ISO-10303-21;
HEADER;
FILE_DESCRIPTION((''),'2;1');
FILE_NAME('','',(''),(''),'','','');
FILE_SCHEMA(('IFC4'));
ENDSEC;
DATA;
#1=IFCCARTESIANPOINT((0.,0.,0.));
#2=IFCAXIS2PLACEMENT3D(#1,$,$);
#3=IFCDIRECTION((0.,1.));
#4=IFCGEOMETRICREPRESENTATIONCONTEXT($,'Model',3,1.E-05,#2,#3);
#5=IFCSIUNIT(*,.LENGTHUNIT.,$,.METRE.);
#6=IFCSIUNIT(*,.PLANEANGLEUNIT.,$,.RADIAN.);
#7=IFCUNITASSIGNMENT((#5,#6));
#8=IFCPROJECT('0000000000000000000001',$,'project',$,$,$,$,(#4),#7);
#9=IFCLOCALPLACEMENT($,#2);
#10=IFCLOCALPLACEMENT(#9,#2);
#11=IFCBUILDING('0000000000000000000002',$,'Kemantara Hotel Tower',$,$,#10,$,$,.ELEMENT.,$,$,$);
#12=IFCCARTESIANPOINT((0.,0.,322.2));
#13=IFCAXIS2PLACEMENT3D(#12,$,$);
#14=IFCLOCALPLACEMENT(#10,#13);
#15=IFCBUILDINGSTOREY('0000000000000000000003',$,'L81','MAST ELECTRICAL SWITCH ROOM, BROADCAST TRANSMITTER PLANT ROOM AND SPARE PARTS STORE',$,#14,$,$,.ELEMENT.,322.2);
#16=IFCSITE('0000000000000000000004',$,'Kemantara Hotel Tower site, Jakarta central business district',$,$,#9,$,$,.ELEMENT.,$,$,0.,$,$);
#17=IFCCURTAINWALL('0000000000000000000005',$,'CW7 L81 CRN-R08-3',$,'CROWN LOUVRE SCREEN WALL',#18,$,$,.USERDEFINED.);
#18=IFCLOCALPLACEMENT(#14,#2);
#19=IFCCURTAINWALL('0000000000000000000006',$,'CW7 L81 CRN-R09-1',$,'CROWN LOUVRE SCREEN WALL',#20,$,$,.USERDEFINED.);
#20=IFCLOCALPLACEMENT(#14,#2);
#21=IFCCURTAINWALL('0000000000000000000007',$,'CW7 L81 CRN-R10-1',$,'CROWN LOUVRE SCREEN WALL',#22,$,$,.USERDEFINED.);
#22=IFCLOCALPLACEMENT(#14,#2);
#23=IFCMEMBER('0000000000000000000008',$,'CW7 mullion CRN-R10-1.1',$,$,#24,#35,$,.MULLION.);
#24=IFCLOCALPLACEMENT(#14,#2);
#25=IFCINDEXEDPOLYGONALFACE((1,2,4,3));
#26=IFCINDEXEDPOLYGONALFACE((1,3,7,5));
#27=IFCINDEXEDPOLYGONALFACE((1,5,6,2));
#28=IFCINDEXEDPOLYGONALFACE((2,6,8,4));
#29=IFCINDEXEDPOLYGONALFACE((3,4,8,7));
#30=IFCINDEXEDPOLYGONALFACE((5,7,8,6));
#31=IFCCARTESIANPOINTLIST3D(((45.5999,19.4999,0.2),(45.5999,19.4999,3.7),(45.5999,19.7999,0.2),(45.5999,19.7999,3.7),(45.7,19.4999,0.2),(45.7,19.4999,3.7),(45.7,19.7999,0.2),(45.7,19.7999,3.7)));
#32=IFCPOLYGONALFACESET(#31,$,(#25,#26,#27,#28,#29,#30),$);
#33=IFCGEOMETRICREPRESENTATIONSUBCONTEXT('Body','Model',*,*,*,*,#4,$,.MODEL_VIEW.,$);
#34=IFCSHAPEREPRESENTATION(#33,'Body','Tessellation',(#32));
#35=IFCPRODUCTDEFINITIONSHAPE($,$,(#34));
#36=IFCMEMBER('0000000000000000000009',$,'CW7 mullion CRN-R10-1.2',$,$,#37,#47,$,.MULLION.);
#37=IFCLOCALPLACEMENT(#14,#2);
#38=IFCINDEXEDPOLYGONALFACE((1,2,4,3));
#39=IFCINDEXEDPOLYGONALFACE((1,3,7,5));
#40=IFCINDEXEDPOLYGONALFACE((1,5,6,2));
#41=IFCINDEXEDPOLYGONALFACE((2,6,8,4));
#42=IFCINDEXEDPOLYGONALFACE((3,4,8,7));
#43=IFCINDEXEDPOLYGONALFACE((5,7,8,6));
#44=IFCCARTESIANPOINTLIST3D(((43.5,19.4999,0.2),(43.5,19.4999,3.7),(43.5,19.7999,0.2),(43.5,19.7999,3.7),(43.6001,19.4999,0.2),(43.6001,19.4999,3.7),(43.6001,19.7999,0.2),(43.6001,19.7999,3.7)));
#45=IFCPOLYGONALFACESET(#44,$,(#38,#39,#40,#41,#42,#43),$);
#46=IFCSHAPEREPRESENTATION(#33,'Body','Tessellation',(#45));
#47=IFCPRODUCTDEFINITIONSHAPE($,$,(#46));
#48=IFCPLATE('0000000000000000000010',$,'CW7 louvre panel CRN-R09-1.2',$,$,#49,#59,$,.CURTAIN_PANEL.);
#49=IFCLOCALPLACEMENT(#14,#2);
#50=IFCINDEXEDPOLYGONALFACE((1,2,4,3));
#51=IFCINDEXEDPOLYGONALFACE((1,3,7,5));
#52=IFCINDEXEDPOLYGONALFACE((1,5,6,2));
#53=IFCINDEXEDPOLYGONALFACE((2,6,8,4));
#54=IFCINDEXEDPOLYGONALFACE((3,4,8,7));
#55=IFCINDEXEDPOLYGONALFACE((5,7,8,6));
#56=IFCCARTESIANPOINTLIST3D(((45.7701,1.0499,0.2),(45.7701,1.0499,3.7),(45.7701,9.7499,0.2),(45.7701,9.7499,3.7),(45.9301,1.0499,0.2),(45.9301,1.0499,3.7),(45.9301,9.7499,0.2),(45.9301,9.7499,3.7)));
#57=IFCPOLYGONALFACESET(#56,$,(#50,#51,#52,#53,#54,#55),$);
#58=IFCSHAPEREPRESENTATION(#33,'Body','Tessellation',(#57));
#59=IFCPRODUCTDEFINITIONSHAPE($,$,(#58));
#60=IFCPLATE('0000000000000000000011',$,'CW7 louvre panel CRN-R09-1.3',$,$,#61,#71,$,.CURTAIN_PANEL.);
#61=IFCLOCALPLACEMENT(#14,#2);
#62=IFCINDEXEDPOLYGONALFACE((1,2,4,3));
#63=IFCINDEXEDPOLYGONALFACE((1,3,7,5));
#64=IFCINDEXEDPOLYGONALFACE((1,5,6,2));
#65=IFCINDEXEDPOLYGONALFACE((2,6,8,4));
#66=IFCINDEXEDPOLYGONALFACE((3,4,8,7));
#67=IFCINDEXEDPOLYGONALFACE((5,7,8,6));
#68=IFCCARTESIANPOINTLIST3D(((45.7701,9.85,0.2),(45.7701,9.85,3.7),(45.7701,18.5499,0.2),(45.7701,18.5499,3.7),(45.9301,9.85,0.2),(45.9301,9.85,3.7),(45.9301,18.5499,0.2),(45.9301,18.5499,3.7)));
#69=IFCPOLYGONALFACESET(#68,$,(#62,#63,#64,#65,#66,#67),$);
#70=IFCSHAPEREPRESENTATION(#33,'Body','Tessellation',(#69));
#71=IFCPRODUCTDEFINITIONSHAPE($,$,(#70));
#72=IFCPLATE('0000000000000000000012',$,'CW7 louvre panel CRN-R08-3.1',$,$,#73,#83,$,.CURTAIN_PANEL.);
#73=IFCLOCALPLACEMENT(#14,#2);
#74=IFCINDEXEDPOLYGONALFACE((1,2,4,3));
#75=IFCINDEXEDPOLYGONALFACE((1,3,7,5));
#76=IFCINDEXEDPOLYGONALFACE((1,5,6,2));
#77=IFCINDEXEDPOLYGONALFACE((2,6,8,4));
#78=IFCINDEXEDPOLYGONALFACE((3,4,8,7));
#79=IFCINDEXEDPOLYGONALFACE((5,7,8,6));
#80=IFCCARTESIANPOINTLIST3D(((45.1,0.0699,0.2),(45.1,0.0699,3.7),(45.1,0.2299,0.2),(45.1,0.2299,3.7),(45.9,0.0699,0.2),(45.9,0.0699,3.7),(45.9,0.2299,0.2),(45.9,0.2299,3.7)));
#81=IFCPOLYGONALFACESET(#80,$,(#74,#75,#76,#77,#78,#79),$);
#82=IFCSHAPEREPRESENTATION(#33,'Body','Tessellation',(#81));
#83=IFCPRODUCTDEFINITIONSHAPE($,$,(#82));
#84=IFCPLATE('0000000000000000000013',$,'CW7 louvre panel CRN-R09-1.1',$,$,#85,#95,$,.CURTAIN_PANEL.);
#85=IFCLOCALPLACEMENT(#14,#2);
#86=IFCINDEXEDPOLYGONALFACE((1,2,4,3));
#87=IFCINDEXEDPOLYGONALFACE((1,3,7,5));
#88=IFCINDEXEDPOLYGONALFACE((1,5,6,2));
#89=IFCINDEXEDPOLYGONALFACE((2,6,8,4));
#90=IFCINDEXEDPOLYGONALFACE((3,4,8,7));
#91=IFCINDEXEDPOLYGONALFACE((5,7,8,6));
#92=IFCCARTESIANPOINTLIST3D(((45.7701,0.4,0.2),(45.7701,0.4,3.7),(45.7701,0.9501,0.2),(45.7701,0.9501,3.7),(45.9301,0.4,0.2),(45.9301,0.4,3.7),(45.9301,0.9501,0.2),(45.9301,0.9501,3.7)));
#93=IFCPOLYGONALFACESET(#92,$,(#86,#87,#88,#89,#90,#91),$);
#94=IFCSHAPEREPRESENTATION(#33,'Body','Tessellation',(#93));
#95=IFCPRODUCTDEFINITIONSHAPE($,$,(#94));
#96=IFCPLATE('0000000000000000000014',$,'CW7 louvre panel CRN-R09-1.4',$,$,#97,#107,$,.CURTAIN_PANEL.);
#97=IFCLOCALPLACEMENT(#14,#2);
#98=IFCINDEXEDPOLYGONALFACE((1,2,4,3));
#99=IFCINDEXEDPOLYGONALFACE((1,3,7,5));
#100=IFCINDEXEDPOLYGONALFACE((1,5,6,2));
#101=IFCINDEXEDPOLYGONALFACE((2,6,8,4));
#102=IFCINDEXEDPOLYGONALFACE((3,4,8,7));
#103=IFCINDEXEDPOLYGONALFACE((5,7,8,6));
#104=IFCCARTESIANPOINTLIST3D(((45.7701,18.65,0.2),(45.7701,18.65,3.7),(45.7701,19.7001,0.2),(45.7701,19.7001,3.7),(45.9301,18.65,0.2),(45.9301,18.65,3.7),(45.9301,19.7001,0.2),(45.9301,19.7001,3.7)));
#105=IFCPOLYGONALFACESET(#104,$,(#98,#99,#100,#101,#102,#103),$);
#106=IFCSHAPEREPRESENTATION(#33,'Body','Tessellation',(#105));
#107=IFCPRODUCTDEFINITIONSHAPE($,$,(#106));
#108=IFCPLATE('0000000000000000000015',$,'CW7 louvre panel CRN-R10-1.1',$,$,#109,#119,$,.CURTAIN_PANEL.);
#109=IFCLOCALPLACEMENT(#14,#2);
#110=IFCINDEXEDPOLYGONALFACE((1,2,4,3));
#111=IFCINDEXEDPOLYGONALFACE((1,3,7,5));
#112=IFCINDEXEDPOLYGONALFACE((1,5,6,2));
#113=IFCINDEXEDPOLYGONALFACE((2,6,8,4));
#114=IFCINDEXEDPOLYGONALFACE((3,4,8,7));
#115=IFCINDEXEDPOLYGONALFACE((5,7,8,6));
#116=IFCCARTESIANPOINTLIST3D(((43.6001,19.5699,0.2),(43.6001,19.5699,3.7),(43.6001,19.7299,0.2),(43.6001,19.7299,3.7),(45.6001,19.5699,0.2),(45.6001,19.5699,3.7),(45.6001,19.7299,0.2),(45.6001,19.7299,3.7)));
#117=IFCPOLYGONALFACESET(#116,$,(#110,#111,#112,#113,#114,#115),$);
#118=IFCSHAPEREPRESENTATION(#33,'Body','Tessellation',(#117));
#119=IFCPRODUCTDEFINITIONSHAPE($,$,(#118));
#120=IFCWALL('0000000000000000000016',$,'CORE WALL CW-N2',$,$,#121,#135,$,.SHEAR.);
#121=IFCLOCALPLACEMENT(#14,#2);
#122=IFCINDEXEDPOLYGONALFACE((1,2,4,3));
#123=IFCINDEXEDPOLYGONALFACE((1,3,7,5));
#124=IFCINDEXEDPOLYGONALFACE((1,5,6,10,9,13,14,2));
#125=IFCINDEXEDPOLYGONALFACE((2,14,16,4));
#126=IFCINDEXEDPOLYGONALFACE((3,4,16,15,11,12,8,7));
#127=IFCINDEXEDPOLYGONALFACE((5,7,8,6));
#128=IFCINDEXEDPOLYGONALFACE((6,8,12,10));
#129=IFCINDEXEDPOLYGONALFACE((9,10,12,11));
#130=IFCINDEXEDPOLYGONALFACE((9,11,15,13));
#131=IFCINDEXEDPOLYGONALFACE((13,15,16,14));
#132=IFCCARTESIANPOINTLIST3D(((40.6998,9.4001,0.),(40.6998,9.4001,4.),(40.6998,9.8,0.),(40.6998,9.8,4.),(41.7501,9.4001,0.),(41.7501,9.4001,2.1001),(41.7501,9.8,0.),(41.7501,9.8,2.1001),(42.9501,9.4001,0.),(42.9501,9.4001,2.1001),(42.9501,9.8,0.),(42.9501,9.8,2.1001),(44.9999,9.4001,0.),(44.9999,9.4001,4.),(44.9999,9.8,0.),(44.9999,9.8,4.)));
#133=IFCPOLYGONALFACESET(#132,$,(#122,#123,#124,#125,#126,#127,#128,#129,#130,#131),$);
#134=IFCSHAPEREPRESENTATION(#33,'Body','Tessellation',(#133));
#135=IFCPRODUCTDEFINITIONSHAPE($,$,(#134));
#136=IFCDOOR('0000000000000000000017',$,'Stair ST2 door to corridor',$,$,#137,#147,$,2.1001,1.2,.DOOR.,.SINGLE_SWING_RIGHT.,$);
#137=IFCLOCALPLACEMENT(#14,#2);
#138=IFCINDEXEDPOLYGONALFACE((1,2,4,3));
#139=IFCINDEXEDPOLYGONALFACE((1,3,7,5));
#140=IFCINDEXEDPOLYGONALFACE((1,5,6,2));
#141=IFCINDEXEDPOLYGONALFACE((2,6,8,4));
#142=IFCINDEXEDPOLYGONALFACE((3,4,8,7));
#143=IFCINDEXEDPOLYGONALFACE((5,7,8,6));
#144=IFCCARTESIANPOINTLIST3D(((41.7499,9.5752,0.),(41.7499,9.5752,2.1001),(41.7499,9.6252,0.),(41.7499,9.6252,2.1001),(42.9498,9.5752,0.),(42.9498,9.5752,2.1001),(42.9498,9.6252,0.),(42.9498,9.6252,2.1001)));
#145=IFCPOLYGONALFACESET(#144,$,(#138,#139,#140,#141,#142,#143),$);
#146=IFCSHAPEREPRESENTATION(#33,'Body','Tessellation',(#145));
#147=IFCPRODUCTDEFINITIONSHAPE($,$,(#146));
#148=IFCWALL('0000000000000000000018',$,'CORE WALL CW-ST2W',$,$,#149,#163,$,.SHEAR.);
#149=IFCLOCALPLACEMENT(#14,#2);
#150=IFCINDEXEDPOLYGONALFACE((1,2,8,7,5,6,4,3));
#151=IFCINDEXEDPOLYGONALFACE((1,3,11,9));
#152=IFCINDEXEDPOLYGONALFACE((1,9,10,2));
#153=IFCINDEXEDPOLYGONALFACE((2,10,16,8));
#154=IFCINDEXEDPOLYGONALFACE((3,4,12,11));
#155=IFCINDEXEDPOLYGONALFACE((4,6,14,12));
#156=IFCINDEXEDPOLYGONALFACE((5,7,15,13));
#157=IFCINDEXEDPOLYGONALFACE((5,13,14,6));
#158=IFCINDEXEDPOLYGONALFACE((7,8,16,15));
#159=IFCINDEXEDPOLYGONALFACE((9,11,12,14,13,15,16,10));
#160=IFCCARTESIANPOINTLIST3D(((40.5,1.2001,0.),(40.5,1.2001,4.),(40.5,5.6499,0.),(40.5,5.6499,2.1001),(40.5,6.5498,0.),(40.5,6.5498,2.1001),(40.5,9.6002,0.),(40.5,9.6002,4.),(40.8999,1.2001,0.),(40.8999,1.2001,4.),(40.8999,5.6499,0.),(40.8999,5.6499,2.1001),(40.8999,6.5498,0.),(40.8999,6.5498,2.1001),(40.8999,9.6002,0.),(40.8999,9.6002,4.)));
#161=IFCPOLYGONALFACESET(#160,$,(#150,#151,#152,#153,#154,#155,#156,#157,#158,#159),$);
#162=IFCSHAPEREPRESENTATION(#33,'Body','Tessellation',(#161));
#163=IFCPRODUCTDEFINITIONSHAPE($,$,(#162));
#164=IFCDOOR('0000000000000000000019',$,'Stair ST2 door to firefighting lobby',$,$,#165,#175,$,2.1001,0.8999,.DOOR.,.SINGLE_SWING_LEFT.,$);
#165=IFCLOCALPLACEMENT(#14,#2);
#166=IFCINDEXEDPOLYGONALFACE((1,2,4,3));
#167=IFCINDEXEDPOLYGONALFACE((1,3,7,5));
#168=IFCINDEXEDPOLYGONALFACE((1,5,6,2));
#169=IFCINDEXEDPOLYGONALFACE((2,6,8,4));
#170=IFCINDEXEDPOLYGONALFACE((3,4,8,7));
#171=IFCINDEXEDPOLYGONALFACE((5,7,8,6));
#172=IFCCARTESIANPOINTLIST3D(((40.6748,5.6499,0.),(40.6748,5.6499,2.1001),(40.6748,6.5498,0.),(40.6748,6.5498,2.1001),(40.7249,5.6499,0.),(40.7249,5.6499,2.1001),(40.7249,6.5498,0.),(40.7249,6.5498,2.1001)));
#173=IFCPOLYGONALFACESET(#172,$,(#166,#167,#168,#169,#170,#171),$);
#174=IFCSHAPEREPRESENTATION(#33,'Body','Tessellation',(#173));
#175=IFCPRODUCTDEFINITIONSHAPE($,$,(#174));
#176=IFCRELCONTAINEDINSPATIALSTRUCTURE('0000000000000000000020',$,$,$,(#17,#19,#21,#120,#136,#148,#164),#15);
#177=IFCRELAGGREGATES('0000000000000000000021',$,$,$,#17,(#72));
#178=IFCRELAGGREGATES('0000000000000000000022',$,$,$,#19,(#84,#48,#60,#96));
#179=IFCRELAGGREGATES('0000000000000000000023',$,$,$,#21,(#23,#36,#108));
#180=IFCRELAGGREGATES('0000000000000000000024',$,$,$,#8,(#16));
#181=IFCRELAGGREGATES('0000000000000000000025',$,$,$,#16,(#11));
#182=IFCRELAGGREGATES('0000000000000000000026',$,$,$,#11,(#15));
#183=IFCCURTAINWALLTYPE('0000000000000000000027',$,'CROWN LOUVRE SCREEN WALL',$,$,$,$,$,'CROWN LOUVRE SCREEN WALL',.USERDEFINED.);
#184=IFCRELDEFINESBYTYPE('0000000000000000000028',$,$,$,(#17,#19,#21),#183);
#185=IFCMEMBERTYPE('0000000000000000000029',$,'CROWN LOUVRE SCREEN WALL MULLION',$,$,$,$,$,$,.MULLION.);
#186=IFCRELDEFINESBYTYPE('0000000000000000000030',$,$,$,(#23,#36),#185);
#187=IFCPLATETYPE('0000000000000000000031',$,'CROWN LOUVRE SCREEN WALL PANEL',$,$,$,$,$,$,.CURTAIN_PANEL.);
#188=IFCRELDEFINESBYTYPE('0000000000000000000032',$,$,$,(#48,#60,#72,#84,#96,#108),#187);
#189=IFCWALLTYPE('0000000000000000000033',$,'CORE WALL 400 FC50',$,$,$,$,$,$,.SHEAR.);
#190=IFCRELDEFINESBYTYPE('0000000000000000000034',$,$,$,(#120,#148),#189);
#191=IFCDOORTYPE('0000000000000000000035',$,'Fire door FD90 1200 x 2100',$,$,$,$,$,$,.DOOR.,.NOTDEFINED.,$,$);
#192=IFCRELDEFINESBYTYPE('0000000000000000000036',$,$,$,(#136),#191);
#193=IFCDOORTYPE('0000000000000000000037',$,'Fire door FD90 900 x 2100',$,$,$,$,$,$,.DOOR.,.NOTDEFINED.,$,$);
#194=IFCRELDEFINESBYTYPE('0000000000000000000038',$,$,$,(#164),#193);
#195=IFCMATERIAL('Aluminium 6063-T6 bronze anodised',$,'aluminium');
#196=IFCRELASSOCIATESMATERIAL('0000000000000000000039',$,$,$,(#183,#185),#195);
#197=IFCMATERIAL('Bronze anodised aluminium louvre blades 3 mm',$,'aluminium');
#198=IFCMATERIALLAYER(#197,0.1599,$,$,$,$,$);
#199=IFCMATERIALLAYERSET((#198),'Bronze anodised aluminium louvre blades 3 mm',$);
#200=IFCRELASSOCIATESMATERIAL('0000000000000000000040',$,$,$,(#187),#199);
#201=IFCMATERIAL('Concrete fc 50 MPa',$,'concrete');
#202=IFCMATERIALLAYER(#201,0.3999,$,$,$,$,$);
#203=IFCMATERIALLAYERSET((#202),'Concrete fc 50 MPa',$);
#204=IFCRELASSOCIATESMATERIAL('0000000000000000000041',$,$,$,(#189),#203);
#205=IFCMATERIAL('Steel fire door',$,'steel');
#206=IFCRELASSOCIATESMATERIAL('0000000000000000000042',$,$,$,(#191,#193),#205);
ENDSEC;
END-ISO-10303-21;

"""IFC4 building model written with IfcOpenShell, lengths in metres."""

from ifc_helpers import new_model, si_unit, direction, frame, frame_2d, origin, origin_2d, place, context, subcontext, project, spatial, rectangle, extrude, source, transform, mapped, material, layer, layer_set, material_profile, profile_set, type_object, element, fill, aggregate, save


model = new_model("IFC4")

# Units and contexts
model_context = context("Model", 3, precision=1e-05, world=origin(), true_north=direction((0.0, 1.0)))
body_context = subcontext(model_context, "Body", "Model", "MODEL_VIEW")
ifc_project = project(units=[si_unit("LENGTHUNIT", "METRE"), si_unit("PLANEANGLEUNIT", "RADIAN")], contexts=[model_context])

# Site, building, storey
site_placement = place(None, origin())
site = spatial("IfcSite", under=ifc_project, at=site_placement, Name="Kemantara Hotel Tower site, Jakarta central business district", CompositionType="ELEMENT", RefElevation=0.0)
building_placement = place(site_placement, origin())
building = spatial("IfcBuilding", under=site, at=building_placement, Name="Kemantara Hotel Tower", CompositionType="ELEMENT")
storey_placement = place(building_placement, frame((0.0, 0.0, 322.2)))
storey = spatial("IfcBuildingStorey", under=building, at=storey_placement, Name="L81", Description="MAST ELECTRICAL SWITCH ROOM, BROADCAST TRANSMITTER PLANT ROOM AND SPARE PARTS STORE", CompositionType="ELEMENT", Elevation=322.2)

# Shared definitions
ifc_material_1 = material(Name="Concrete fc 50 MPa", Category="concrete")

# Curtain walls
ifc_material_2 = material(Name="Aluminium 6063-T6 bronze anodised", Category="aluminium")
curtain_wall_type = type_object("IfcCurtainWallType", Name="CROWN LOUVRE SCREEN WALL", ElementType="CROWN LOUVRE SCREEN WALL", PredefinedType="USERDEFINED", material=ifc_material_2)
curtain_wall_1_placement = place(storey_placement, origin())
curtain_wall_1 = element("IfcCurtainWall", 1, at=curtain_wall_1_placement, inside=storey, type_object=curtain_wall_type, Name="CW7 L81 CRN-R08-3", ObjectType="CROWN LOUVRE SCREEN WALL", PredefinedType="USERDEFINED")
curtain_wall_2_placement = place(storey_placement, origin())
curtain_wall_2 = element("IfcCurtainWall", 2, at=curtain_wall_2_placement, inside=storey, type_object=curtain_wall_type, Name="CW7 L81 CRN-R09-1", ObjectType="CROWN LOUVRE SCREEN WALL", PredefinedType="USERDEFINED")
curtain_wall_3_placement = place(storey_placement, origin())
curtain_wall_3 = element("IfcCurtainWall", 3, at=curtain_wall_3_placement, inside=storey, type_object=curtain_wall_type, Name="CW7 L81 CRN-R10-1", ObjectType="CROWN LOUVRE SCREEN WALL", PredefinedType="USERDEFINED")
ifc_material_profile_1 = material_profile(ifc_material_2, rectangle(XDim=0.3, YDim=0.1001, at=origin_2d()), Name="CROWN LOUVRE SCREEN WALL MULLION")
ifc_profile_set_1 = profile_set([ifc_material_profile_1], Name="Aluminium 6063-T6 bronze anodised")
member_type_1 = type_object("IfcMemberType", Name="CROWN LOUVRE SCREEN WALL MULLION", PredefinedType="MULLION", material=ifc_profile_set_1)
shared_shape_1 = source(origin(), body_context, "Body", "SweptSolid", [
    extrude(rectangle(XDim=0.3, YDim=0.1001, at=origin_2d()), origin(), (0.0, 0.0, 1.0), 3.5),
])

# Members
member_1_placement = place(storey_placement, frame((45.6499, 19.6499, 0.2), z_axis=(0.0, 0.0, 1.0), x_axis=(0.0, -1.0, 0.0)))
member_1 = element("IfcMember", 4, at=member_1_placement, type_object=member_type_1, Name="CW7 mullion CRN-R10-1.1", PredefinedType="MULLION", context=body_context, shape_type="MappedRepresentation", body=[
    mapped(shared_shape_1, transform((0.0, 0.0, 0.0))),
])
member_2_placement = place(storey_placement, frame((43.55, 19.6499, 0.2), z_axis=(0.0, 0.0, 1.0), x_axis=(0.0, -1.0, 0.0)))
member_2 = element("IfcMember", 5, at=member_2_placement, type_object=member_type_1, Name="CW7 mullion CRN-R10-1.2", PredefinedType="MULLION", context=body_context, shape_type="MappedRepresentation", body=[
    mapped(shared_shape_1, transform((0.0, 0.0, 0.0))),
])

# Plates
ifc_material_3 = material(Name="Bronze anodised aluminium louvre blades 3 mm", Category="aluminium")
ifc_layer_1 = layer(ifc_material_3, 0.1599)
ifc_layer_set_1 = layer_set([ifc_layer_1], Name="Bronze anodised aluminium louvre blades 3 mm")
plate_type = type_object("IfcPlateType", Name="CROWN LOUVRE SCREEN WALL PANEL", PredefinedType="CURTAIN_PANEL", material=ifc_layer_set_1)
shared_shape_2 = source(origin(), body_context, "Body", "SweptSolid", [
    extrude(rectangle(XDim=8.7, YDim=0.1599, at=origin_2d()), origin(), (0.0, 0.0, 1.0), 3.5),
])
plate_1_placement = place(storey_placement, frame((45.8501, 5.3999, 0.2), z_axis=(0.0, 0.0, 1.0), x_axis=(0.0, 1.0, 0.0)))
plate_1 = element("IfcPlate", 6, at=plate_1_placement, type_object=plate_type, Name="CW7 louvre panel CRN-R09-1.2", PredefinedType="CURTAIN_PANEL", context=body_context, shape_type="MappedRepresentation", body=[
    mapped(shared_shape_2, transform((0.0, 0.0, 0.0))),
])
plate_2_placement = place(storey_placement, frame((45.8501, 14.2, 0.2), z_axis=(0.0, 0.0, 1.0), x_axis=(0.0, 1.0, 0.0)))
plate_2 = element("IfcPlate", 7, at=plate_2_placement, type_object=plate_type, Name="CW7 louvre panel CRN-R09-1.3", PredefinedType="CURTAIN_PANEL", context=body_context, shape_type="MappedRepresentation", body=[
    mapped(shared_shape_2, transform((0.0, 0.0, 0.0))),
])
shared_shape_3 = source(origin(), body_context, "Body", "SweptSolid", [
    extrude(rectangle(XDim=0.8, YDim=0.1599, at=origin_2d()), origin(), (0.0, 0.0, 1.0), 3.5),
])
plate_3_placement = place(storey_placement, frame((45.5, 0.1499, 0.2), z_axis=(0.0, 0.0, 1.0), x_axis=(1.0, 0.0, 0.0)))
plate_3 = element("IfcPlate", 8, at=plate_3_placement, type_object=plate_type, Name="CW7 louvre panel CRN-R08-3.1", PredefinedType="CURTAIN_PANEL", context=body_context, shape_type="MappedRepresentation", body=[
    mapped(shared_shape_3, transform((0.0, 0.0, 0.0))),
])
aggregate(curtain_wall_1, [plate_3])
shared_shape_4 = source(origin(), body_context, "Body", "SweptSolid", [
    extrude(rectangle(XDim=0.55, YDim=0.1599, at=origin_2d()), origin(), (0.0, 0.0, 1.0), 3.5),
])
plate_4_placement = place(storey_placement, frame((45.8501, 0.675, 0.2), z_axis=(0.0, 0.0, 1.0), x_axis=(0.0, 1.0, 0.0)))
plate_4 = element("IfcPlate", 9, at=plate_4_placement, type_object=plate_type, Name="CW7 louvre panel CRN-R09-1.1", PredefinedType="CURTAIN_PANEL", context=body_context, shape_type="MappedRepresentation", body=[
    mapped(shared_shape_4, transform((0.0, 0.0, 0.0))),
])
shared_shape_5 = source(origin(), body_context, "Body", "SweptSolid", [
    extrude(rectangle(XDim=1.05, YDim=0.1599, at=origin_2d()), origin(), (0.0, 0.0, 1.0), 3.5),
])
plate_5_placement = place(storey_placement, frame((45.8501, 19.175, 0.2), z_axis=(0.0, 0.0, 1.0), x_axis=(0.0, 1.0, 0.0)))
plate_5 = element("IfcPlate", 10, at=plate_5_placement, type_object=plate_type, Name="CW7 louvre panel CRN-R09-1.4", PredefinedType="CURTAIN_PANEL", context=body_context, shape_type="MappedRepresentation", body=[
    mapped(shared_shape_5, transform((0.0, 0.0, 0.0))),
])
aggregate(curtain_wall_2, [plate_4, plate_1, plate_2, plate_5])
shared_shape_6 = source(origin(), body_context, "Body", "SweptSolid", [
    extrude(rectangle(XDim=2.0, YDim=0.1599, at=origin_2d()), origin(), (0.0, 0.0, 1.0), 3.5),
])
plate_6_placement = place(storey_placement, frame((44.6001, 19.6499, 0.2), z_axis=(0.0, 0.0, 1.0), x_axis=(-1.0, 0.0, 0.0)))
plate_6 = element("IfcPlate", 11, at=plate_6_placement, type_object=plate_type, Name="CW7 louvre panel CRN-R10-1.1", PredefinedType="CURTAIN_PANEL", context=body_context, shape_type="MappedRepresentation", body=[
    mapped(shared_shape_6, transform((0.0, 0.0, 0.0))),
])
aggregate(curtain_wall_3, [member_1, member_2, plate_6])

# Walls, openings, doors
ifc_layer_2 = layer(ifc_material_1, 0.3999)
ifc_layer_set_2 = layer_set([ifc_layer_2], Name="Concrete fc 50 MPa")
wall_type_1 = type_object("IfcWallType", Name="CORE WALL 400 FC50", PredefinedType="SHEAR", material=ifc_layer_set_2)
wall_1_placement = place(storey_placement, frame((40.7, 9.6001, 0.0), z_axis=(0.0, 0.0, 1.0), x_axis=(1.0, 0.0, 0.0)))
wall_1 = element("IfcWall", 12, at=wall_1_placement, inside=storey, type_object=wall_type_1, Name="CORE WALL CW-N2", PredefinedType="SHEAR", context=body_context, shape_type="SweptSolid", body=[
    extrude(rectangle(XDim=4.3, YDim=0.3999, at=frame_2d((2.1499, 0.0))), origin(), (0.0, 0.0, 1.0), 4.0),
])
opening_1_placement = place(wall_1_placement, frame((1.05, 0.0, 0.0)))
opening_1 = element("IfcOpeningElement", 13, at=opening_1_placement, cuts=wall_1, PredefinedType="OPENING", context=body_context, shape_type="SweptSolid", body=[
    extrude(rectangle(XDim=1.2, YDim=2.1001, at=frame_2d((0.6001, 1.05))), frame((0.0, 0.21, 0.0), z_axis=(0.0, -1.0, 0.0), x_axis=(1.0, 0.0, 0.0)), (0.0, 0.0, 1.0), 0.4199),
])
ifc_material_4 = material(Name="Steel fire door", Category="steel")
door_type_1 = type_object("IfcDoorType", Name="Fire door FD90 1200 x 2100", OperationType="NOTDEFINED", PredefinedType="DOOR", material=ifc_material_4)
door_1_placement = place(opening_1_placement, frame((1.2, 0.0, 0.0), z_axis=(0.0, 0.0, 1.0), x_axis=(-1.0, 0.0, 0.0)))
door_1 = element("IfcDoor", 14, at=door_1_placement, inside=storey, type_object=door_type_1, Name="Stair ST2 door to corridor", OperationType="SINGLE_SWING_RIGHT", OverallHeight=2.1001, OverallWidth=1.2, PredefinedType="DOOR", context=body_context, shape_type="SweptSolid", body=[
    extrude(rectangle(XDim=1.2, YDim=2.1001, at=frame_2d((0.6001, 1.05))), frame((0.0, 0.0249, 0.0), z_axis=(0.0, -1.0, 0.0), x_axis=(1.0, 0.0, 0.0)), (0.0, 0.0, 1.0), 0.05),
])
fill(opening_1, door_1)
wall_2_placement = place(storey_placement, frame((40.7, 1.2, 0.0), z_axis=(0.0, 0.0, 1.0), x_axis=(0.0, 1.0, 0.0)))
wall_2 = element("IfcWall", 15, at=wall_2_placement, inside=storey, type_object=wall_type_1, Name="CORE WALL CW-ST2W", PredefinedType="SHEAR", context=body_context, shape_type="SweptSolid", body=[
    extrude(rectangle(XDim=8.4001, YDim=0.3999, at=frame_2d((4.2002, 0.0))), origin(), (0.0, 0.0, 1.0), 4.0),
])
opening_2_placement = place(wall_2_placement, frame((4.45, 0.0, 0.0)))
opening_2 = element("IfcOpeningElement", 16, at=opening_2_placement, cuts=wall_2, PredefinedType="OPENING", context=body_context, shape_type="SweptSolid", body=[
    extrude(rectangle(XDim=0.8999, YDim=2.1001, at=frame_2d((0.45, 1.05))), frame((0.0, 0.21, 0.0), z_axis=(0.0, -1.0, 0.0), x_axis=(1.0, 0.0, 0.0)), (0.0, 0.0, 1.0), 0.4199),
])
door_type_2 = type_object("IfcDoorType", Name="Fire door FD90 900 x 2100", OperationType="NOTDEFINED", PredefinedType="DOOR", material=ifc_material_4)
door_2_placement = place(opening_2_placement, frame((0.8999, 0.0, 0.0), z_axis=(0.0, 0.0, 1.0), x_axis=(-1.0, 0.0, 0.0)))
door_2 = element("IfcDoor", 17, at=door_2_placement, inside=storey, type_object=door_type_2, Name="Stair ST2 door to firefighting lobby", OperationType="SINGLE_SWING_LEFT", OverallHeight=2.1001, OverallWidth=0.8999, PredefinedType="DOOR", context=body_context, shape_type="SweptSolid", body=[
    extrude(rectangle(XDim=0.8999, YDim=2.1001, at=frame_2d((0.45, 1.05))), frame((0.0, 0.0249, 0.0), z_axis=(0.0, -1.0, 0.0), x_axis=(1.0, 0.0, 0.0)), (0.0, 0.0, 1.0), 0.05),
])
fill(opening_2, door_2)

save(model, "model.ifc")
